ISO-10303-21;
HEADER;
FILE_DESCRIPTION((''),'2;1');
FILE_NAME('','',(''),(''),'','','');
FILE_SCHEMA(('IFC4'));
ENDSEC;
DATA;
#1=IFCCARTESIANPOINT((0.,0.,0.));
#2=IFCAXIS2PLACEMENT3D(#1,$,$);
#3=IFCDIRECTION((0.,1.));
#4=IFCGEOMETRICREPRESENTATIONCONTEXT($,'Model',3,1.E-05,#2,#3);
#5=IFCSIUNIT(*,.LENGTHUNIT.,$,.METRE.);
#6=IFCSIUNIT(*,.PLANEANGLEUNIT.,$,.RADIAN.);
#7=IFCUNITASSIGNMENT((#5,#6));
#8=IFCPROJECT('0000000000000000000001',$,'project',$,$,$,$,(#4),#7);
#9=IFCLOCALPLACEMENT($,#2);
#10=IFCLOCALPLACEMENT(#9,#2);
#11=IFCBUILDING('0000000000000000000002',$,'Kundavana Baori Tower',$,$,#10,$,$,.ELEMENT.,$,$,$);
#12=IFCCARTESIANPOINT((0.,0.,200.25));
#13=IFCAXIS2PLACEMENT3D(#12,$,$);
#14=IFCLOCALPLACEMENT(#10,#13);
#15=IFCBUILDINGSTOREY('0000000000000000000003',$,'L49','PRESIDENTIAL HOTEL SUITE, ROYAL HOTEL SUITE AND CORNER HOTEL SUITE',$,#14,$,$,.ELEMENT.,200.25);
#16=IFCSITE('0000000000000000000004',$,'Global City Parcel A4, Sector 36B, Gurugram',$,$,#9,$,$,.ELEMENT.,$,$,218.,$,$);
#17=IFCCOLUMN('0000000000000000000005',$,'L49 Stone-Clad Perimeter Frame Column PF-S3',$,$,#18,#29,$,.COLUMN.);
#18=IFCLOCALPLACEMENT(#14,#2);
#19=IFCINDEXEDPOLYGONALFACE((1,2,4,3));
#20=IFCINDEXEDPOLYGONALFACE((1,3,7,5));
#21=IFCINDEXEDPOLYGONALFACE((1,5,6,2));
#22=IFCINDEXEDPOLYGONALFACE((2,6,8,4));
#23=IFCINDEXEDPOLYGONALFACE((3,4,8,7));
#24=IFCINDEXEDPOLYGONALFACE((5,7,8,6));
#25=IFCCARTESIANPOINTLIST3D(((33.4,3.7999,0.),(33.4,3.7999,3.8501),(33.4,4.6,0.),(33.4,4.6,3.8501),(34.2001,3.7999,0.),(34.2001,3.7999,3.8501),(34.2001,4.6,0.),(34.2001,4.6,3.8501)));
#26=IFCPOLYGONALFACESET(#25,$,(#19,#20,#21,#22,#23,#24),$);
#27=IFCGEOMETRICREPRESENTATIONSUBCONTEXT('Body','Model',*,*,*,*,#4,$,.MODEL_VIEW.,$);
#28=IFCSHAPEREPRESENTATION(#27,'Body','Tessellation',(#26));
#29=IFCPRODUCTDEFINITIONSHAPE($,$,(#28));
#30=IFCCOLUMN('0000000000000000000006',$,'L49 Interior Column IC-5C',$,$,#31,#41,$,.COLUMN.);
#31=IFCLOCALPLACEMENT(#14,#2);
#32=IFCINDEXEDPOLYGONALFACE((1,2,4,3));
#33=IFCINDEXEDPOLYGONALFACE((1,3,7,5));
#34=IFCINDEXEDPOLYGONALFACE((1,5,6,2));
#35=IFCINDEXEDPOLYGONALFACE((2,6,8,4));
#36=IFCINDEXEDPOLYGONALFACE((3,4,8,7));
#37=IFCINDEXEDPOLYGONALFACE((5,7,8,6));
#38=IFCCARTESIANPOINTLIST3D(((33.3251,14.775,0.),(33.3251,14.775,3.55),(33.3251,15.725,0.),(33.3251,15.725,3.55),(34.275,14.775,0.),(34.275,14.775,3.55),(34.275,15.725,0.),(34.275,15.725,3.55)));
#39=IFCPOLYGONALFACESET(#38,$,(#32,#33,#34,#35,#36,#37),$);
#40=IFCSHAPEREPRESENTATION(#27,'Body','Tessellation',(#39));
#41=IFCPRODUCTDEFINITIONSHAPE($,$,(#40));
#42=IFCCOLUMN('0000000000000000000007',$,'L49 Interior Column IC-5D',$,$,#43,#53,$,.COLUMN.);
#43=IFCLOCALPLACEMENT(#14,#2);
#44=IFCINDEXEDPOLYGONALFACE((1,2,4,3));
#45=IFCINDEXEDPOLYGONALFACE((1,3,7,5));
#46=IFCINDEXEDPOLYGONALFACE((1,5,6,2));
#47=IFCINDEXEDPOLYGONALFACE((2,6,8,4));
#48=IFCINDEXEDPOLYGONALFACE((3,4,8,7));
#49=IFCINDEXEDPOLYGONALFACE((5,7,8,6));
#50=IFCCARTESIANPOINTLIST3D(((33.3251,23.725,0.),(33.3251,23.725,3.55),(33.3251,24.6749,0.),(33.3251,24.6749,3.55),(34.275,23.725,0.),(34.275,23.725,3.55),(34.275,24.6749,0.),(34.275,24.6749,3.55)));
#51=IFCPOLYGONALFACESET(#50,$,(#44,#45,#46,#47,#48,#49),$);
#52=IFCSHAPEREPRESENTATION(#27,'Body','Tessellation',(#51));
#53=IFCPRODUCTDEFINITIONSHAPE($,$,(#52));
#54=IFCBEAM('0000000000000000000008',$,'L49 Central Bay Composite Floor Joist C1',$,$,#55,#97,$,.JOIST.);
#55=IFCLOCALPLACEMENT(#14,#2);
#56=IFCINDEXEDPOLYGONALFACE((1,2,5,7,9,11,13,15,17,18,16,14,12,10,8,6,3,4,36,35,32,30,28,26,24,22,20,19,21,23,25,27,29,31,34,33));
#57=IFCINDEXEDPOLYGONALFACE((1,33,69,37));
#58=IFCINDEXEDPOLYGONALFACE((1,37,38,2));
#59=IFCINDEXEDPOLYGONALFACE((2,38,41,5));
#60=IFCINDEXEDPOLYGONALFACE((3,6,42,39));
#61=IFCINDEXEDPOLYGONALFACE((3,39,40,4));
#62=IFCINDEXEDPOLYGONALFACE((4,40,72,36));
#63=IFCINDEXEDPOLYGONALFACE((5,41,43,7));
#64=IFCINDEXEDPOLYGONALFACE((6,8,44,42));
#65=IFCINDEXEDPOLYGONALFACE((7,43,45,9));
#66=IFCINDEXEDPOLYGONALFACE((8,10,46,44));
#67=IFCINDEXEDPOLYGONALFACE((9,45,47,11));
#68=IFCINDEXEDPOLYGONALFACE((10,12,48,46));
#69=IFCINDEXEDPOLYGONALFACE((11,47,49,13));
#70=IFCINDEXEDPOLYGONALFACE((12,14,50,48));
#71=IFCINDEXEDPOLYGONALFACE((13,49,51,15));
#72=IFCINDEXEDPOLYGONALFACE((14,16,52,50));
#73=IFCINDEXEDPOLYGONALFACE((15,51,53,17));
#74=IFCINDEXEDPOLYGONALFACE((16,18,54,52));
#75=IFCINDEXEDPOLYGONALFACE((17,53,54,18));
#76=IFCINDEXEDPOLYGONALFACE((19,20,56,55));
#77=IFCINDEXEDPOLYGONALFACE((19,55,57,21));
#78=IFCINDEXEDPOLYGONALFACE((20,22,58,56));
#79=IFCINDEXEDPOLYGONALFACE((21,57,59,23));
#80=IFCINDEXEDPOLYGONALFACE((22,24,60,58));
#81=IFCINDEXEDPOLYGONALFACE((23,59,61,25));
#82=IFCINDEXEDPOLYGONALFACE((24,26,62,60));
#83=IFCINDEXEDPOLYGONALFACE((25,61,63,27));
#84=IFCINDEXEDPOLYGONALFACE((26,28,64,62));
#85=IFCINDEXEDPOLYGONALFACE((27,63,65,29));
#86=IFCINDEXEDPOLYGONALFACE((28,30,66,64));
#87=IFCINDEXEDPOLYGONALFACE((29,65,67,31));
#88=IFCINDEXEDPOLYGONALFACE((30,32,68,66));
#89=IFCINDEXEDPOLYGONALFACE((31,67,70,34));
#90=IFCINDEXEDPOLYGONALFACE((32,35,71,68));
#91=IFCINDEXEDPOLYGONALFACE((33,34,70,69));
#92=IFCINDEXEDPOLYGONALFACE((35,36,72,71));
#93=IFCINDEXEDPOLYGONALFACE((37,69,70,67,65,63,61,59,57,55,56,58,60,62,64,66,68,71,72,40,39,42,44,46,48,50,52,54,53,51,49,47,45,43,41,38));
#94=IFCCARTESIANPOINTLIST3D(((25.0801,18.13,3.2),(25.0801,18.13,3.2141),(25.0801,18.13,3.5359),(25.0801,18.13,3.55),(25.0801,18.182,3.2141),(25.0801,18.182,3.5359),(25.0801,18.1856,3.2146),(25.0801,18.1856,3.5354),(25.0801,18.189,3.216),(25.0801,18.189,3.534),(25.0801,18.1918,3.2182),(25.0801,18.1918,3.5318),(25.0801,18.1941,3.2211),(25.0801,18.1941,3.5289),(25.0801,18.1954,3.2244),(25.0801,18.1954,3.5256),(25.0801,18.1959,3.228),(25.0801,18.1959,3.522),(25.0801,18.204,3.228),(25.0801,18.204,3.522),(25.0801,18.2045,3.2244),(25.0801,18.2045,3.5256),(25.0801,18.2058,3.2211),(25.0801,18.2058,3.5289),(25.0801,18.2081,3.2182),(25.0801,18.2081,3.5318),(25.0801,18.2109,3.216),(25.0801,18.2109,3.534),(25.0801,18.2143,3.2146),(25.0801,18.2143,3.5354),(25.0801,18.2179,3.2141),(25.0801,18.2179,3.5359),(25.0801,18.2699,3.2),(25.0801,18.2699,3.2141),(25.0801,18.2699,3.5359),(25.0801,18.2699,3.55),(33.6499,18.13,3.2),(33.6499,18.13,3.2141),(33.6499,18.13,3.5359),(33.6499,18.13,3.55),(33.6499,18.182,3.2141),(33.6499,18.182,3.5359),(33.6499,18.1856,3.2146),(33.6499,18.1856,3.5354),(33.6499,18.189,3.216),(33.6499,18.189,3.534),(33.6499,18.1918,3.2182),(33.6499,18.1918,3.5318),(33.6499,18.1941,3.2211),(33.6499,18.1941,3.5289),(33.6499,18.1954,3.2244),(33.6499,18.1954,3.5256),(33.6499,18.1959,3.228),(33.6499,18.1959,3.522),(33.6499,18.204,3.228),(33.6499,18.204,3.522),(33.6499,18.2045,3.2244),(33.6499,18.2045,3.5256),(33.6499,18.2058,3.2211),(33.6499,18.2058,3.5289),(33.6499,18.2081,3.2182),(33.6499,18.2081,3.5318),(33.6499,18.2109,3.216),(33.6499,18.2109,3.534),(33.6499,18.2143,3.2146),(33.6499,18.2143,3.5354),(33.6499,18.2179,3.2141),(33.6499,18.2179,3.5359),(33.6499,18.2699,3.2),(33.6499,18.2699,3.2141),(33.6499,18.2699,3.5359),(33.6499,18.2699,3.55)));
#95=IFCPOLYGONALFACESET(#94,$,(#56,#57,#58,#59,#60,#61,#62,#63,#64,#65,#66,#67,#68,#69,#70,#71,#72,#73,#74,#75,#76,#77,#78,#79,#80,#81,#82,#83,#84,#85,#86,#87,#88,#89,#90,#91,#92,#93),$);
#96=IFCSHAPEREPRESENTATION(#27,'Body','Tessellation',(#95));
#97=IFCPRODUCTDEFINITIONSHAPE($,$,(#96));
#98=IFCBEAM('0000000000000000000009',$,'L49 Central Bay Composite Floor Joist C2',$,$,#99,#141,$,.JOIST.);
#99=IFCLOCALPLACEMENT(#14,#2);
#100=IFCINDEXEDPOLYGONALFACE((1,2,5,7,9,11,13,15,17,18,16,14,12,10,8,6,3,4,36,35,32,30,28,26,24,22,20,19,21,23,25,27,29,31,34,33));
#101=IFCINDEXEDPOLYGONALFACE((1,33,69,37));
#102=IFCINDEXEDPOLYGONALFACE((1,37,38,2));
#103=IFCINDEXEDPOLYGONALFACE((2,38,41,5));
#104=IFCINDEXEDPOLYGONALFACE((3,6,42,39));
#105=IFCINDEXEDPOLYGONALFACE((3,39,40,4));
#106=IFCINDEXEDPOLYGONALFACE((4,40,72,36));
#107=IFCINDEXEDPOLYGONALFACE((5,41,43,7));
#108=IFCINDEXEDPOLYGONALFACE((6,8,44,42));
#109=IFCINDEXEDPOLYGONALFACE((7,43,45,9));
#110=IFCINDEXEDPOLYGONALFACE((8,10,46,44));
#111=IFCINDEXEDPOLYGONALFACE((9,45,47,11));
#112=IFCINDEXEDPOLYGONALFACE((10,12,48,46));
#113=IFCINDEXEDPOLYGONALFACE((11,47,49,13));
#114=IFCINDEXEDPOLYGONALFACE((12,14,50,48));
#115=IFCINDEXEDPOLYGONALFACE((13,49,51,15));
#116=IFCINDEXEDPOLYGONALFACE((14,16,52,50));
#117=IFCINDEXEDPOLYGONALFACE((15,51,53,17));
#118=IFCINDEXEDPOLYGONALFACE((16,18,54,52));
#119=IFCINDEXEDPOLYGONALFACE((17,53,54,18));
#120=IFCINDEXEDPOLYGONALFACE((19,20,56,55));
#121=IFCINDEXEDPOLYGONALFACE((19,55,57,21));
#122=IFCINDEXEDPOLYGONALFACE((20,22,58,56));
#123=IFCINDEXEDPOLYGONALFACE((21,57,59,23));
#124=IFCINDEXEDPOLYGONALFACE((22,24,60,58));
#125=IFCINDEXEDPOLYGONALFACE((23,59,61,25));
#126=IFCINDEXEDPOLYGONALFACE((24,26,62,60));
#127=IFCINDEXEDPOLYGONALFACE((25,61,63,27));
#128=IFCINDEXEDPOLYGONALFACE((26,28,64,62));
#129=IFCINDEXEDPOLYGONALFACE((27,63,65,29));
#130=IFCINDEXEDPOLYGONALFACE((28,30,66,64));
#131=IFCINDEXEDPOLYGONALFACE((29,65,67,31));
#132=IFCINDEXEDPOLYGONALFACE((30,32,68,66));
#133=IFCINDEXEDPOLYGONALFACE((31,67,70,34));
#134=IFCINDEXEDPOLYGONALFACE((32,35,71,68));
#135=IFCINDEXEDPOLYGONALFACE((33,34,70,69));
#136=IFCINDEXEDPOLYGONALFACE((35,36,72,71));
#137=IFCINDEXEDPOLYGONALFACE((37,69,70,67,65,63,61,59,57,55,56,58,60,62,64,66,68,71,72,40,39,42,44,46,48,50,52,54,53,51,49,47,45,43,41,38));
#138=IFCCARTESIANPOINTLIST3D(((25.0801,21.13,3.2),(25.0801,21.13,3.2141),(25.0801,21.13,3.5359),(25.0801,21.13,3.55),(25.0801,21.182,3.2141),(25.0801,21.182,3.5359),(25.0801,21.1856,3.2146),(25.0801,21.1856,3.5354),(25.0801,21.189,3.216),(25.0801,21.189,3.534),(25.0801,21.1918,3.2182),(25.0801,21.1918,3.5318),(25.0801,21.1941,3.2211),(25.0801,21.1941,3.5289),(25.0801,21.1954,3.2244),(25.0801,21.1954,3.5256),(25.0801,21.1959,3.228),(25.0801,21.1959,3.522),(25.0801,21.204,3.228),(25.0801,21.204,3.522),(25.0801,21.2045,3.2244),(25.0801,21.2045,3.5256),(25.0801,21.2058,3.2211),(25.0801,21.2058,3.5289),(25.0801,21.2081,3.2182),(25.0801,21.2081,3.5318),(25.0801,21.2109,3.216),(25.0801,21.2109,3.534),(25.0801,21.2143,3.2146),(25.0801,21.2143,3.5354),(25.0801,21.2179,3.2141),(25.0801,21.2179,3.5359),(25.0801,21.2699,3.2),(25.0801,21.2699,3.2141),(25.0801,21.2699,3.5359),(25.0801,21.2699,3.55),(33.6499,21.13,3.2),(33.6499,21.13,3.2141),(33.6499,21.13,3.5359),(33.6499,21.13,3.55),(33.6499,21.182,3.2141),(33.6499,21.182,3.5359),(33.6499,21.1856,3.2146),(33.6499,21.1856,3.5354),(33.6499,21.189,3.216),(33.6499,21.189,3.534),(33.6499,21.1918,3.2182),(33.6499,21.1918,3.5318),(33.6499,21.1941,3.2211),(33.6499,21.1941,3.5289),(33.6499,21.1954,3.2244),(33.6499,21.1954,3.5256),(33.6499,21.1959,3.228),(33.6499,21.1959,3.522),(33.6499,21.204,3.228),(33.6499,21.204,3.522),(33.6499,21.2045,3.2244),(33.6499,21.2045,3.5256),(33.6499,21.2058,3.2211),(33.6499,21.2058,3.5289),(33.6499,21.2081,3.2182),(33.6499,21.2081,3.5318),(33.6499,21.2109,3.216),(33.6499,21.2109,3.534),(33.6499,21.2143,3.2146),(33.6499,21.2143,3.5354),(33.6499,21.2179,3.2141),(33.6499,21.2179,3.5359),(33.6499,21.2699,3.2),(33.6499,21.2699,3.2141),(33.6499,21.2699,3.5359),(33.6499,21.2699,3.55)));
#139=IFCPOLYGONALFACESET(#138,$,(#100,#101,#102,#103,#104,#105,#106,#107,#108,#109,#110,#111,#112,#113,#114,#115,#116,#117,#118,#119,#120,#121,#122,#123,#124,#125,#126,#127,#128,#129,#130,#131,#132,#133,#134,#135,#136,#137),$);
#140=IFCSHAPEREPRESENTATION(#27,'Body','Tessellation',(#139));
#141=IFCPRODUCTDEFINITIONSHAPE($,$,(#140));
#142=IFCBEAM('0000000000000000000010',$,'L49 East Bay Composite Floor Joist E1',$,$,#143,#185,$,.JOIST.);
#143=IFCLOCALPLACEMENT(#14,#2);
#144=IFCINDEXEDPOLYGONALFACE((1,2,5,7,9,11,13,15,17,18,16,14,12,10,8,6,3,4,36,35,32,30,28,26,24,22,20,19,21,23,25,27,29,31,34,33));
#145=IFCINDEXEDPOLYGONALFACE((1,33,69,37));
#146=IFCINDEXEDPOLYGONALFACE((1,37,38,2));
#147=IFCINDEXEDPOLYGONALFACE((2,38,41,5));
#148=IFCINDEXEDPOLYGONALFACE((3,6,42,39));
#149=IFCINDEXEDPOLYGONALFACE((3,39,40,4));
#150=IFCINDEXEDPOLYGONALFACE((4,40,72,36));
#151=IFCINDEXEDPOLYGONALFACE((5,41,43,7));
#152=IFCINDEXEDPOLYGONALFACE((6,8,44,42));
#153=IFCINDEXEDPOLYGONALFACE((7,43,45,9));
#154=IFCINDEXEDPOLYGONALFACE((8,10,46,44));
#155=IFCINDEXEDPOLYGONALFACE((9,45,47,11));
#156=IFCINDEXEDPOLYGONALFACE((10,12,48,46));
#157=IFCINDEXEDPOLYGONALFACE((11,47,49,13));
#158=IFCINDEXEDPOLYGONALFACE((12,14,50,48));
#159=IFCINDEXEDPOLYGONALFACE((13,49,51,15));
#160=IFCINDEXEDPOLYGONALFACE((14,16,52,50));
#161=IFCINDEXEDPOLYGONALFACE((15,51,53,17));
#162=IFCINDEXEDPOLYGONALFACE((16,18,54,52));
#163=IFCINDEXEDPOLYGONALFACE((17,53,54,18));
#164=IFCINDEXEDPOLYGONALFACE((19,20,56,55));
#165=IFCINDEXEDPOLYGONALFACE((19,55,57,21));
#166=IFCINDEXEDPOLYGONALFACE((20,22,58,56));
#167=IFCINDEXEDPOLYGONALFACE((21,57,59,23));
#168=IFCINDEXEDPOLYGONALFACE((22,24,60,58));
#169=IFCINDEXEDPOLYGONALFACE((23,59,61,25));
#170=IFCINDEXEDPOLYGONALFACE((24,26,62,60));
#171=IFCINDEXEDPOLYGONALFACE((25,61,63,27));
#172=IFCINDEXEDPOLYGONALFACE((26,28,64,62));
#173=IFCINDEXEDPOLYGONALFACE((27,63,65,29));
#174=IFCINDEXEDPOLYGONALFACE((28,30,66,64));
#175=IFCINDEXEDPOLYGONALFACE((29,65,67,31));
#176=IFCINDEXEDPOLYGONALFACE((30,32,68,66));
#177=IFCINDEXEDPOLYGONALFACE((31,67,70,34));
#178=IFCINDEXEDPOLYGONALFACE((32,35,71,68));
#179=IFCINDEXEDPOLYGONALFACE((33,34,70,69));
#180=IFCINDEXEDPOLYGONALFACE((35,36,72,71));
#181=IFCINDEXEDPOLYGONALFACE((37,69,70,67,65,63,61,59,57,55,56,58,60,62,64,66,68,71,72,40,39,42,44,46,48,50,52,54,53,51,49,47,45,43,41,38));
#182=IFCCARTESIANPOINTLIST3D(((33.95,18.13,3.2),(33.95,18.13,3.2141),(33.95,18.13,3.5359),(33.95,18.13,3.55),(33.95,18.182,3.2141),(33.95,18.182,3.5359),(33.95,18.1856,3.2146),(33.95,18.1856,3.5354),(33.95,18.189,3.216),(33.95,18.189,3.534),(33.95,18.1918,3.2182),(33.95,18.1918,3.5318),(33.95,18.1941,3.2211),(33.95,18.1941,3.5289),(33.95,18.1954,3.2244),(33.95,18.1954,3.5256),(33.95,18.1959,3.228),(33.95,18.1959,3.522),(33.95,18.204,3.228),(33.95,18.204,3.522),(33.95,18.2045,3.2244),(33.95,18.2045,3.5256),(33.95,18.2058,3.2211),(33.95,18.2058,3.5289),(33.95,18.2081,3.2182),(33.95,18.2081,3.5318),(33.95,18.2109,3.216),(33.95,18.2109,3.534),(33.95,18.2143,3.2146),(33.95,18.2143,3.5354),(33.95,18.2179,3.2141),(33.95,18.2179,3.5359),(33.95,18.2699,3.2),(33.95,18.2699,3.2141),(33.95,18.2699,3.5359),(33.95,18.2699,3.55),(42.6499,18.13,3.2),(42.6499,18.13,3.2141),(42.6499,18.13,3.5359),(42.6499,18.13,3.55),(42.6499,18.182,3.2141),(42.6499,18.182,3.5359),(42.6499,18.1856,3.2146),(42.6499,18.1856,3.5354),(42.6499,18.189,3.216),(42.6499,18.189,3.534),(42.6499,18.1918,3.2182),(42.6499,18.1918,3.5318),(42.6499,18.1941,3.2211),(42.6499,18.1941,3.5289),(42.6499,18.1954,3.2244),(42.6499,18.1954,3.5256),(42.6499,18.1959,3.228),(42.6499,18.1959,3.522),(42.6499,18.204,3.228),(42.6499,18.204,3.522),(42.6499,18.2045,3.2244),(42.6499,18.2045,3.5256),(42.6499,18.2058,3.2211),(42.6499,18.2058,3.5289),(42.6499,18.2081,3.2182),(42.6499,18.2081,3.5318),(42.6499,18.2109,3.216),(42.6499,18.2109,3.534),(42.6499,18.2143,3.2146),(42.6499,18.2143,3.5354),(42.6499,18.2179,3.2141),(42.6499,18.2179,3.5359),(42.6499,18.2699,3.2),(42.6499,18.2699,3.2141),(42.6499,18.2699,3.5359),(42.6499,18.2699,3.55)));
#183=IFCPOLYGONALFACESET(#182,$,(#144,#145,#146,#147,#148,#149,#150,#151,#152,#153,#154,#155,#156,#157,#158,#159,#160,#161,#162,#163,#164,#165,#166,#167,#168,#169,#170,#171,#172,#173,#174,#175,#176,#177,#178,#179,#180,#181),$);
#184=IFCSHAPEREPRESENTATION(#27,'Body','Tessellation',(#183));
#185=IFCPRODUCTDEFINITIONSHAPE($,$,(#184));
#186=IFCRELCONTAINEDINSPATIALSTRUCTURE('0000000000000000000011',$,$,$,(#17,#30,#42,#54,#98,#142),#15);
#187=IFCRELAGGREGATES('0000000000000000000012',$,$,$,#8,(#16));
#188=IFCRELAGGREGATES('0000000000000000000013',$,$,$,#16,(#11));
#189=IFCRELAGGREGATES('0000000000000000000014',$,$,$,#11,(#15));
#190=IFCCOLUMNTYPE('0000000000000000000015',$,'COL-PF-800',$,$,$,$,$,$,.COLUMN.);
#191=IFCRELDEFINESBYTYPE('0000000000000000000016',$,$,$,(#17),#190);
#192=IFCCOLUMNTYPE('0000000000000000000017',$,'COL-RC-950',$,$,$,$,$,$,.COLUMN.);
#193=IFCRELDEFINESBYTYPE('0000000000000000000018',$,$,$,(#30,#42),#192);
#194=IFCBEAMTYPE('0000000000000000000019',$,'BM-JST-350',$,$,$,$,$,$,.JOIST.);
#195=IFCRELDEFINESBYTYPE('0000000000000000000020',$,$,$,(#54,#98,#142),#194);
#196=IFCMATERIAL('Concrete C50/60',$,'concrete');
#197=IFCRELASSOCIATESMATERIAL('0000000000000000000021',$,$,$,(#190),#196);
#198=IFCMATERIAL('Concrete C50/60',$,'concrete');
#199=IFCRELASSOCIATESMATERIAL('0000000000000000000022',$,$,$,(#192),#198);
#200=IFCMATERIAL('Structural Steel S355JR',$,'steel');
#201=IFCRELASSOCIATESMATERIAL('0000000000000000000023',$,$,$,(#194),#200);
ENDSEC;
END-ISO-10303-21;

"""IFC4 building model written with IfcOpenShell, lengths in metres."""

from ifc_helpers import new_model, si_unit, direction, frame, origin, origin_2d, place, context, subcontext, project, spatial, rectangle, i_section, extrude, material, material_profile, profile_set, type_object, element, save


model = new_model("IFC4")

# Units and contexts
model_context = context("Model", 3, precision=1e-05, world=origin(), true_north=direction((0.0, 1.0)))
body_context = subcontext(model_context, "Body", "Model", "MODEL_VIEW")
ifc_project = project(units=[si_unit("LENGTHUNIT", "METRE"), si_unit("PLANEANGLEUNIT", "RADIAN")], contexts=[model_context])

# Site, building, storey
site_placement = place(None, origin())
site = spatial("IfcSite", under=ifc_project, at=site_placement, Name="Global City Parcel A4, Sector 36B, Gurugram", CompositionType="ELEMENT", RefElevation=218.0)
building_placement = place(site_placement, origin())
building = spatial("IfcBuilding", under=site, at=building_placement, Name="Kundavana Baori Tower", CompositionType="ELEMENT")
storey_placement = place(building_placement, frame((0.0, 0.0, 200.25)))
storey = spatial("IfcBuildingStorey", under=building, at=storey_placement, Name="L49", Description="PRESIDENTIAL HOTEL SUITE, ROYAL HOTEL SUITE AND CORNER HOTEL SUITE", CompositionType="ELEMENT", Elevation=200.25)

# Columns
ifc_material_1 = material(Name="Concrete C50/60", Category="concrete")
ifc_material_profile_1 = material_profile(ifc_material_1, rectangle(XDim=0.8, YDim=0.8, at=origin_2d()), Name="RC PF 800x800")
ifc_profile_set_1 = profile_set([ifc_material_profile_1], Name="Concrete C50/60")
column_type_1 = type_object("IfcColumnType", Name="COL-PF-800", PredefinedType="COLUMN", material=ifc_profile_set_1)
column_placement = place(storey_placement, frame((33.8, 4.2, 0.0), z_axis=(0.0, 0.0, 1.0), x_axis=(1.0, 0.0, 0.0)))
element("IfcColumn", 1, at=column_placement, inside=storey, type_object=column_type_1, Name="L49 Stone-Clad Perimeter Frame Column PF-S3", PredefinedType="COLUMN", context=body_context, shape_type="SweptSolid", body=[
    extrude(rectangle(XDim=0.8, YDim=0.8, at=origin_2d()), origin(), (0.0, 0.0, 1.0), 3.8501),
])
ifc_material_2 = material(Name="Concrete C50/60", Category="concrete")
ifc_material_profile_2 = material_profile(ifc_material_2, rectangle(XDim=0.95, YDim=0.95, at=origin_2d()), Name="RC 950x950")
ifc_profile_set_2 = profile_set([ifc_material_profile_2], Name="Concrete C50/60")
column_type_2 = type_object("IfcColumnType", Name="COL-RC-950", PredefinedType="COLUMN", material=ifc_profile_set_2)
for number, where, z_axis, x_axis, name in (
    (2, (33.8, 15.25, 0.0), (0.0, 0.0, 1.0), (1.0, 0.0, 0.0), "L49 Interior Column IC-5C"),
    (3, (33.8, 24.2, 0.0), (0.0, 0.0, 1.0), (1.0, 0.0, 0.0), "L49 Interior Column IC-5D"),
):
    element("IfcColumn", number, at=place(storey_placement, frame(where, z_axis=z_axis, x_axis=x_axis)), inside=storey, type_object=column_type_2, Name=name, PredefinedType="COLUMN", context=body_context, shape_type="SweptSolid", body=[
        extrude(rectangle(XDim=0.95, YDim=0.95, at=origin_2d()), origin(), (0.0, 0.0, 1.0), 3.55),
    ])

# Beams
ifc_material_3 = material(Name="Structural Steel S355JR", Category="steel")
ifc_material_profile_3 = material_profile(ifc_material_3, i_section(OverallWidth=0.1399, OverallDepth=0.3501, WebThickness=0.0081, FlangeThickness=0.0142, FilletRadius=0.0139, at=origin_2d()), Name="ISMB 350")
ifc_profile_set_3 = profile_set([ifc_material_profile_3], Name="Structural Steel S355JR")
beam_type_1 = type_object("IfcBeamType", Name="BM-JST-350", PredefinedType="JOIST", material=ifc_profile_set_3)
for number, where, z_axis, x_axis, name in (
    (4, (25.0801, 18.2, 3.375), (1.0, 0.0, 0.0), (0.0, 1.0, 0.0), "L49 Central Bay Composite Floor Joist C1"),
    (5, (25.0801, 21.2, 3.375), (1.0, 0.0, 0.0), (0.0, 1.0, 0.0), "L49 Central Bay Composite Floor Joist C2"),
):
    element("IfcBeam", number, at=place(storey_placement, frame(where, z_axis=z_axis, x_axis=x_axis)), inside=storey, type_object=beam_type_1, Name=name, PredefinedType="JOIST", context=body_context, shape_type="SweptSolid", body=[
        extrude(i_section(OverallWidth=0.1399, OverallDepth=0.3501, WebThickness=0.0081, FlangeThickness=0.0142, FilletRadius=0.0139, at=origin_2d()), origin(), (0.0, 0.0, 1.0), 8.5698),
    ])
for number, where, z_axis, x_axis, name in (
    (6, (33.95, 18.2, 3.375), (1.0, 0.0, 0.0), (0.0, 1.0, 0.0), "L49 East Bay Composite Floor Joist E1"),
):
    element("IfcBeam", number, at=place(storey_placement, frame(where, z_axis=z_axis, x_axis=x_axis)), inside=storey, type_object=beam_type_1, Name=name, PredefinedType="JOIST", context=body_context, shape_type="SweptSolid", body=[
        extrude(i_section(OverallWidth=0.1399, OverallDepth=0.3501, WebThickness=0.0081, FlangeThickness=0.0142, FilletRadius=0.0139, at=origin_2d()), origin(), (0.0, 0.0, 1.0), 8.7),
    ])

save(model, "model.ifc")
